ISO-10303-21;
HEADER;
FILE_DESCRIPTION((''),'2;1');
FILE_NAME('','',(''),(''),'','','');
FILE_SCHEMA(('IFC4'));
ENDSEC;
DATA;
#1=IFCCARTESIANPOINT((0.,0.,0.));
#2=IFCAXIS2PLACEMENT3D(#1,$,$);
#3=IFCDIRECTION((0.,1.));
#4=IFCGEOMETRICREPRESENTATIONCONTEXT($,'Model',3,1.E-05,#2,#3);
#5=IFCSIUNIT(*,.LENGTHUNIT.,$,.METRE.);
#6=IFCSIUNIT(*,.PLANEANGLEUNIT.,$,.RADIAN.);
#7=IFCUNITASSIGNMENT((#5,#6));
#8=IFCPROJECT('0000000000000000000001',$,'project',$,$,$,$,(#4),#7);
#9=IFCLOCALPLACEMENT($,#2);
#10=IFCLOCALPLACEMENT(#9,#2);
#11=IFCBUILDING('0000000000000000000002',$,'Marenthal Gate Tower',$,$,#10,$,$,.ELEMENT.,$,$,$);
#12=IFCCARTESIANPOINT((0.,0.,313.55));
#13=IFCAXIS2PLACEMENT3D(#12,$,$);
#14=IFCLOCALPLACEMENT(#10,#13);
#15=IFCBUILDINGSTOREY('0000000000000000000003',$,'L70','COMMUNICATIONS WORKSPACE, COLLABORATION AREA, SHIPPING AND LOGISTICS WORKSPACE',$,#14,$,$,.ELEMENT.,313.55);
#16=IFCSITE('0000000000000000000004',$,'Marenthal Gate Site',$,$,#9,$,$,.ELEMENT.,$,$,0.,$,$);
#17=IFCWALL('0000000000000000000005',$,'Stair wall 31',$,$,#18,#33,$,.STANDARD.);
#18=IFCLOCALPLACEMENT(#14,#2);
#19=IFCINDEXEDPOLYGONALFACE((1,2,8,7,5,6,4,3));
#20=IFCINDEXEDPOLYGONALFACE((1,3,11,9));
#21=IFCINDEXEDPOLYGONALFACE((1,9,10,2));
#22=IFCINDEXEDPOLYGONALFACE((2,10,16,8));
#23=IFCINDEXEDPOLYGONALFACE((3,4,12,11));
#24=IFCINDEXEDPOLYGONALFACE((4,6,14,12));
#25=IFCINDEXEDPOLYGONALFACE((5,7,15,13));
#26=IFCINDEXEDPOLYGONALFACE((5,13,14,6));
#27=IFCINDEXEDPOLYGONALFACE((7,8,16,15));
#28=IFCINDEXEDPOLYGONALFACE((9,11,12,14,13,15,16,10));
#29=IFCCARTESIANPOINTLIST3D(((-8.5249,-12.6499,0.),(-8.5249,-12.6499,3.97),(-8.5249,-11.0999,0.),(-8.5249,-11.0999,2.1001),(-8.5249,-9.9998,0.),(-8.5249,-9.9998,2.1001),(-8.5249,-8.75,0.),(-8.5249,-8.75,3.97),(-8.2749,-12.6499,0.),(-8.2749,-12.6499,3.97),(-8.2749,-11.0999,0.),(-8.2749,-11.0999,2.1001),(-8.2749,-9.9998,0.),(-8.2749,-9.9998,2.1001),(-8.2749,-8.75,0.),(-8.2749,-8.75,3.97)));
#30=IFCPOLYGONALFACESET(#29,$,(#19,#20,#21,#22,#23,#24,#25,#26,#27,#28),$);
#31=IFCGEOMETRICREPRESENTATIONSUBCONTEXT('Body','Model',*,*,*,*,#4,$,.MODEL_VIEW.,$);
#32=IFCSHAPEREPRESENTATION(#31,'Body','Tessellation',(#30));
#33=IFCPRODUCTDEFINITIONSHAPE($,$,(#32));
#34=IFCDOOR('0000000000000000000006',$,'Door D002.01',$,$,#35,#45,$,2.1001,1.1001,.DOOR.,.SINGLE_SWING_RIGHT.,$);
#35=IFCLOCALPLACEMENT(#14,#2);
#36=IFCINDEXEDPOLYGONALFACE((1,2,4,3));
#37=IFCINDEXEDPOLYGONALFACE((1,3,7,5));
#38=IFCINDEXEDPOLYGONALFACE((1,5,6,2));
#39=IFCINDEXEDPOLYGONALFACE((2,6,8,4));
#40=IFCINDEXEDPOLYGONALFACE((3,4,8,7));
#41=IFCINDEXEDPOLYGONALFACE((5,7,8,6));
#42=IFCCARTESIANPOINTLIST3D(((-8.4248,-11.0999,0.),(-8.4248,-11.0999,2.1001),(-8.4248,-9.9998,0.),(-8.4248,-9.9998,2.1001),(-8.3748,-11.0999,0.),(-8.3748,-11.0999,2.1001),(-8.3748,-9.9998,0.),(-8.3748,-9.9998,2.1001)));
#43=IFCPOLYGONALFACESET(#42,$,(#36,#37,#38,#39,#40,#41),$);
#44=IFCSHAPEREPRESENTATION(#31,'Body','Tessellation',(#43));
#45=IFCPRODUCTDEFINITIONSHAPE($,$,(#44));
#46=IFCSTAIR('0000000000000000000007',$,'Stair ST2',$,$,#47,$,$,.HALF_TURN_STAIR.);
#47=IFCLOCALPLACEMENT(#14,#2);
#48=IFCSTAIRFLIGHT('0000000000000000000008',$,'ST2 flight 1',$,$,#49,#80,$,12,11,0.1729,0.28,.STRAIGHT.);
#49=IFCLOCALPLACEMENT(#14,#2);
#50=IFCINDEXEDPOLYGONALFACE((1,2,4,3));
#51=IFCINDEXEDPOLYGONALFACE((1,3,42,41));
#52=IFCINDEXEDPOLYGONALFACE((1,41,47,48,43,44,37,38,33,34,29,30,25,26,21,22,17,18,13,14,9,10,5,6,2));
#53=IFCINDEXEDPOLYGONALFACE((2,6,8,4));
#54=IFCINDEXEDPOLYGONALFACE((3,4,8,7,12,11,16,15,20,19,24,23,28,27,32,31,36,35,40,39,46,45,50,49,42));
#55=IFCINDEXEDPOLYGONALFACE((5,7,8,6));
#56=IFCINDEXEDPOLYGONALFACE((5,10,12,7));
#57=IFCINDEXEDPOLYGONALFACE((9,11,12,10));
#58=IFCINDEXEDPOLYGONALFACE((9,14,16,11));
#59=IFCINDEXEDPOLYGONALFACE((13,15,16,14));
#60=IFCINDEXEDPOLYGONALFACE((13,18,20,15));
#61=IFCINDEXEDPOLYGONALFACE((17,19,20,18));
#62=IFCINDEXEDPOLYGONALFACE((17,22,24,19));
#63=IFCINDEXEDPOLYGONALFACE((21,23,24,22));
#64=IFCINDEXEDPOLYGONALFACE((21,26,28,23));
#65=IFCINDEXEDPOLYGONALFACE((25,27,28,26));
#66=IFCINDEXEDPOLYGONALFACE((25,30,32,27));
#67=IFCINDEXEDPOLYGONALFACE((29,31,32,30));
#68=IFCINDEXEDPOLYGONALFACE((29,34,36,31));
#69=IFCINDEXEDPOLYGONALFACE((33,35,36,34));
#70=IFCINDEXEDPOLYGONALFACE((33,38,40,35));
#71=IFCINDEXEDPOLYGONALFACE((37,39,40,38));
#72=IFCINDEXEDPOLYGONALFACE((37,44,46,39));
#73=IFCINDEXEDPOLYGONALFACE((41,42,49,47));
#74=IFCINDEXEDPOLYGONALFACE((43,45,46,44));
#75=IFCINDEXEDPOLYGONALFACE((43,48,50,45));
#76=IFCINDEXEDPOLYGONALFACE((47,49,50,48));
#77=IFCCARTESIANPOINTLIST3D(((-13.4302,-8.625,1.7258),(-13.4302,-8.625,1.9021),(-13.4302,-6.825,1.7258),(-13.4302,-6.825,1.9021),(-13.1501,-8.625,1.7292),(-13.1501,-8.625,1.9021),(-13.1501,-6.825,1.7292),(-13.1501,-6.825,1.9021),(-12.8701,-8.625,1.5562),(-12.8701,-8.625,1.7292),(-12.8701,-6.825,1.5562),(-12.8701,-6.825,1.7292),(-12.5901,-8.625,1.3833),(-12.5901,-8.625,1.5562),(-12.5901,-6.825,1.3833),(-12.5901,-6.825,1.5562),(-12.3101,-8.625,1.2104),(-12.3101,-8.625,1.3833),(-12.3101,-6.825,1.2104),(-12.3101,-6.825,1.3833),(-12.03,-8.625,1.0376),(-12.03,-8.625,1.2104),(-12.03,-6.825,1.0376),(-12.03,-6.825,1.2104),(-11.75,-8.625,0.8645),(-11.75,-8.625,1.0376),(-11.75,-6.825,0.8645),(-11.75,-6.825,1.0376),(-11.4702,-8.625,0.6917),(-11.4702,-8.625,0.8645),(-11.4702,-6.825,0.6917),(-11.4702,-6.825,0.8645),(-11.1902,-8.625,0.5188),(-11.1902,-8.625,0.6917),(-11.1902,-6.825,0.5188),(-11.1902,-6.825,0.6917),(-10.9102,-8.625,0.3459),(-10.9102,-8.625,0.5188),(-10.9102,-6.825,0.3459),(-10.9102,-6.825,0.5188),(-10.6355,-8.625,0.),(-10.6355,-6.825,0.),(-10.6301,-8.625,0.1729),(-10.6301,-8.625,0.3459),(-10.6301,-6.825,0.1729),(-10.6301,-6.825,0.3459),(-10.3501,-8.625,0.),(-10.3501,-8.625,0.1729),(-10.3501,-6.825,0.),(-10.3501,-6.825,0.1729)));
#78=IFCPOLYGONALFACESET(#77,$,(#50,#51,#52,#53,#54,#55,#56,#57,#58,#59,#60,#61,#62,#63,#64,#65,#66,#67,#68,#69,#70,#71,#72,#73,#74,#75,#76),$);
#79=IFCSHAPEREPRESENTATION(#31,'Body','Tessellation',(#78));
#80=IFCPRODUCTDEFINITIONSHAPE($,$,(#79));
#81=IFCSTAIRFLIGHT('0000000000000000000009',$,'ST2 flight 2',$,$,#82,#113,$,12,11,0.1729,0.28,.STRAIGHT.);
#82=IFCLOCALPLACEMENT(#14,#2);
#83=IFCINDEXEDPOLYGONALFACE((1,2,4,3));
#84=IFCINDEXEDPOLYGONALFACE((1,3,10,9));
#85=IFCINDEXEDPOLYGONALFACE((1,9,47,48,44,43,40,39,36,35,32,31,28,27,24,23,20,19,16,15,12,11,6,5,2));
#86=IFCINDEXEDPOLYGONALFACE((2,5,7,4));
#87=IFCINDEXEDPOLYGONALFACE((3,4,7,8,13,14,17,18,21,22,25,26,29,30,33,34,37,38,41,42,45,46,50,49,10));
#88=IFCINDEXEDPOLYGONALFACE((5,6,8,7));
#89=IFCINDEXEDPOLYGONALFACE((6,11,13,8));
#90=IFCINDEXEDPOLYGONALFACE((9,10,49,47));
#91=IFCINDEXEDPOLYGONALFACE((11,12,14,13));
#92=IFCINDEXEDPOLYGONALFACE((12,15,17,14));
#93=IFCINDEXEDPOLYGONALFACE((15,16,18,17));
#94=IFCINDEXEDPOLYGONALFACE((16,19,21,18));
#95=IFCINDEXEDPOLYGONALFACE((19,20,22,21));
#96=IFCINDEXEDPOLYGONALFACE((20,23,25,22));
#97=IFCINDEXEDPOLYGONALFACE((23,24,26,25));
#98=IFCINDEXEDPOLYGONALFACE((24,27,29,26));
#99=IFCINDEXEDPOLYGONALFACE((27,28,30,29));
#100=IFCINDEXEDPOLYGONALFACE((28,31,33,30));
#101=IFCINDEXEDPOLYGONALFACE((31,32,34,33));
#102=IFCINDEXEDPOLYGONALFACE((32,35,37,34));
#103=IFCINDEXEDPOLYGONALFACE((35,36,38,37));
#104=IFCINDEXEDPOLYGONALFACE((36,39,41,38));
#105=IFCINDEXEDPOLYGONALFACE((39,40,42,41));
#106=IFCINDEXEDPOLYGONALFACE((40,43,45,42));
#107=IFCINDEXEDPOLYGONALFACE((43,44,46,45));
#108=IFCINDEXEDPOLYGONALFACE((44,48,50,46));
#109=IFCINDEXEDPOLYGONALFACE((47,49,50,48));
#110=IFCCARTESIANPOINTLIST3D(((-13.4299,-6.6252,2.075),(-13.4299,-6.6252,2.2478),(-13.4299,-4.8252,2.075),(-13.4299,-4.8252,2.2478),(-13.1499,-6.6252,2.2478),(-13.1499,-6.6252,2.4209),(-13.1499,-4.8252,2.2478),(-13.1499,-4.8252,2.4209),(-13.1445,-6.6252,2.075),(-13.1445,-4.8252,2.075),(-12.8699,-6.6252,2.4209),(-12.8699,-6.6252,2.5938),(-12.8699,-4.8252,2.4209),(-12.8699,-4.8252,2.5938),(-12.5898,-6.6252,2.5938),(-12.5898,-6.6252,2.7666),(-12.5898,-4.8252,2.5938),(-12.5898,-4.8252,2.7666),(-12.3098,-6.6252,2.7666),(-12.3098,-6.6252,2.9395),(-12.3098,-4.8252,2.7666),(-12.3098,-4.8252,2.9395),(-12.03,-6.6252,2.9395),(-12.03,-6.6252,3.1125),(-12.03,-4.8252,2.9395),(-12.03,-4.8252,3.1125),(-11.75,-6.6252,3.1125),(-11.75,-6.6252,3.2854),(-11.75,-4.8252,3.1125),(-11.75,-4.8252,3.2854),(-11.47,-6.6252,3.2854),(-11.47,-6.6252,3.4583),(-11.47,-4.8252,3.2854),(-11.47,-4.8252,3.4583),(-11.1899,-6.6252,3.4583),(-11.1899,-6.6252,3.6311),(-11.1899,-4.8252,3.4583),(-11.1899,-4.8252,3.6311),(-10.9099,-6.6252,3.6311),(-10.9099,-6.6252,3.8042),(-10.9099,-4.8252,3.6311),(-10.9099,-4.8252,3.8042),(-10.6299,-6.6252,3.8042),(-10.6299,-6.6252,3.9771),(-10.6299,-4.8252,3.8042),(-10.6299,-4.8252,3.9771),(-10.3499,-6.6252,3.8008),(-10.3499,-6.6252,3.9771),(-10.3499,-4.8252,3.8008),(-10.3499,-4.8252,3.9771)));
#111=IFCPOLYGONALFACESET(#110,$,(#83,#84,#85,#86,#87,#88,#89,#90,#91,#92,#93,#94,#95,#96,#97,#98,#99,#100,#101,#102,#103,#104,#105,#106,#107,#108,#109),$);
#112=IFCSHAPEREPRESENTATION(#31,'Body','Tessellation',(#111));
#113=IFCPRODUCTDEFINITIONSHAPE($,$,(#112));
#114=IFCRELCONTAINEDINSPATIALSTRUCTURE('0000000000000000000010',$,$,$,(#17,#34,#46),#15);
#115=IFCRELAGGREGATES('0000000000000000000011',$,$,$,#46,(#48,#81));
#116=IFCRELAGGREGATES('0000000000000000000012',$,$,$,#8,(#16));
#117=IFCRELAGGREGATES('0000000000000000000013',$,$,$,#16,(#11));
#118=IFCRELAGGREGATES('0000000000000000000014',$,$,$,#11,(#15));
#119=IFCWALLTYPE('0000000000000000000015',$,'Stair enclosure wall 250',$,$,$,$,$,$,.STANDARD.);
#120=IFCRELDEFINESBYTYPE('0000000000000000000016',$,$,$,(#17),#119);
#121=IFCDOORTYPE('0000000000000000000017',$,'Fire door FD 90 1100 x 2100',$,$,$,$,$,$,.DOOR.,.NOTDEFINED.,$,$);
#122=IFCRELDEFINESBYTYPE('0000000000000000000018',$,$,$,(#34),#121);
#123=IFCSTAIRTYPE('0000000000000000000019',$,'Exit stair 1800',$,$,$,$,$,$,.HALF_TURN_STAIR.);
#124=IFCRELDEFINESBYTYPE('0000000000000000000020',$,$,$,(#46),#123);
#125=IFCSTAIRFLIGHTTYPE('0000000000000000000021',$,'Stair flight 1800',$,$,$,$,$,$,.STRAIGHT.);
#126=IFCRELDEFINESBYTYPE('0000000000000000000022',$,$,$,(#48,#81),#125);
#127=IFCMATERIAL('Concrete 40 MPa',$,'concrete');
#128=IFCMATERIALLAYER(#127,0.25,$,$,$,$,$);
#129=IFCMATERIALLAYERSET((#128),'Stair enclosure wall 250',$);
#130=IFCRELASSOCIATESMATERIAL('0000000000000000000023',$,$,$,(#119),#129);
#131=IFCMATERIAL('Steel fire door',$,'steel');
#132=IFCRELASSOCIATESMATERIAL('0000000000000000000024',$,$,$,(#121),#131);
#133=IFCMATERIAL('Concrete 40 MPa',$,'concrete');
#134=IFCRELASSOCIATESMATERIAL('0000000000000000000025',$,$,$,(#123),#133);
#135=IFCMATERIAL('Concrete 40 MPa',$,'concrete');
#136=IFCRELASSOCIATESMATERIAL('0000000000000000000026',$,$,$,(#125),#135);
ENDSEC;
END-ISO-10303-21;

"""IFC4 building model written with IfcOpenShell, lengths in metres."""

from ifc_helpers import new_model, si_unit, direction, frame, frame_2d, origin, place, context, subcontext, project, spatial, polyline, rectangle, outline, extrude, material, layer, layer_set, type_object, element, fill, aggregate, save


model = new_model("IFC4")

# Units and contexts
model_context = context("Model", 3, precision=1e-05, world=origin(), true_north=direction((0.0, 1.0)))
body_context = subcontext(model_context, "Body", "Model", "MODEL_VIEW")
ifc_project = project(units=[si_unit("LENGTHUNIT", "METRE"), si_unit("PLANEANGLEUNIT", "RADIAN")], contexts=[model_context])

# Site, building, storey
site_placement = place(None, origin())
site = spatial("IfcSite", under=ifc_project, at=site_placement, Name="Marenthal Gate Site", CompositionType="ELEMENT", RefElevation=0.0)
building_placement = place(site_placement, origin())
building = spatial("IfcBuilding", under=site, at=building_placement, Name="Marenthal Gate Tower", CompositionType="ELEMENT")
storey_placement = place(building_placement, frame((0.0, 0.0, 313.55)))
storey = spatial("IfcBuildingStorey", under=building, at=storey_placement, Name="L70", Description="COMMUNICATIONS WORKSPACE, COLLABORATION AREA, SHIPPING AND LOGISTICS WORKSPACE", CompositionType="ELEMENT", Elevation=313.55)

# Shared definitions
ifc_material_1 = material(Name="Concrete 40 MPa", Category="concrete")
ifc_layer_1 = layer(ifc_material_1, 0.25)
ifc_layer_set_1 = layer_set([ifc_layer_1], Name="Stair enclosure wall 250")
wall_type_1 = type_object("IfcWallType", Name="Stair enclosure wall 250", PredefinedType="STANDARD", material=ifc_layer_set_1)

# Wall, opening, door
wall_1_placement = place(storey_placement, frame((-8.3999, -12.6499, 0.0), z_axis=(0.0, 0.0, 1.0), x_axis=(0.0, 1.0, 0.0)))
wall_1 = element("IfcWall", 1, at=wall_1_placement, inside=storey, type_object=wall_type_1, Name="Stair wall 31", PredefinedType="STANDARD", context=body_context, shape_type="SweptSolid", body=[
    extrude(rectangle(XDim=3.8999, YDim=0.25, at=frame_2d((1.95, 0.0))), origin(), (0.0, 0.0, 1.0), 3.97),
])
opening_1_placement = place(wall_1_placement, frame((1.55, 0.0, 0.0)))
opening_1 = element("IfcOpeningElement", 2, at=opening_1_placement, cuts=wall_1, PredefinedType="OPENING", context=body_context, shape_type="SweptSolid", body=[
    extrude(rectangle(XDim=1.1001, YDim=2.1001, at=frame_2d((0.55, 1.05))), frame((0.0, 0.135, 0.0), z_axis=(0.0, -1.0, 0.0), x_axis=(1.0, 0.0, 0.0)), (0.0, 0.0, 1.0), 0.27),
])
ifc_material_2 = material(Name="Steel fire door", Category="steel")
door_type_1 = type_object("IfcDoorType", Name="Fire door FD 90 1100 x 2100", OperationType="NOTDEFINED", PredefinedType="DOOR", material=ifc_material_2)
door_1_placement = place(opening_1_placement, origin())
door_1 = element("IfcDoor", 3, at=door_1_placement, inside=storey, type_object=door_type_1, Name="Door D002.01", OperationType="SINGLE_SWING_RIGHT", OverallHeight=2.1001, OverallWidth=1.1001, PredefinedType="DOOR", context=body_context, shape_type="SweptSolid", body=[
    extrude(rectangle(XDim=1.1001, YDim=2.1001, at=frame_2d((0.55, 1.05))), frame((0.0, 0.0249, 0.0), z_axis=(0.0, -1.0, 0.0), x_axis=(1.0, 0.0, 0.0)), (0.0, 0.0, 1.0), 0.05),
])
fill(opening_1, door_1)

# Stair, stair flights
ifc_material_3 = material(Name="Concrete 40 MPa", Category="concrete")
stair_type = type_object("IfcStairType", Name="Exit stair 1800", PredefinedType="HALF_TURN_STAIR", material=ifc_material_3)
stair_placement = place(storey_placement, origin())
stair = element("IfcStair", 4, at=stair_placement, inside=storey, type_object=stair_type, Name="Stair ST2", PredefinedType="HALF_TURN_STAIR")
ifc_material_4 = material(Name="Concrete 40 MPa", Category="concrete")
stair_flight_type = type_object("IfcStairFlightType", Name="Stair flight 1800", PredefinedType="STRAIGHT", material=ifc_material_4)
stair_flight_1_placement = place(storey_placement, frame((-10.3501, -7.7251, 0.0), z_axis=(0.0, 0.0, 1.0), x_axis=(-1.0, 0.0, 0.0)))
stair_flight_1 = element("IfcStairFlight", 5, at=stair_flight_1_placement, type_object=stair_flight_type, Name="ST2 flight 1", NumberOfRisers=12, NumberOfTreads=11, PredefinedType="STRAIGHT", RiserHeight=0.1729, TreadLength=0.28, context=body_context, shape_type="SweptSolid", body=[
    extrude(outline(polyline([(0.0, 0.0), (0.0, 0.1729), (0.28, 0.1729), (0.28, 0.3459), (0.5601, 0.3459), (0.5601, 0.5188), (0.8401, 0.5188), (0.8401, 0.6917), (1.1201, 0.6917), (1.1201, 0.8645), (1.3999, 0.8645), (1.3999, 1.0376), (1.6799, 1.0376), (1.6799, 1.2104), (1.96, 1.2104), (1.96, 1.3833), (2.24, 1.3833), (2.24, 1.5562), (2.52, 1.5562), (2.52, 1.7292), (2.8, 1.7292), (2.8, 1.9021), (3.0801, 1.9021), (3.0801, 2.075), (3.0801, 1.7258), (0.2854, 0.0), (0.0, 0.0)])), frame((0.0, 0.8999, 0.0), z_axis=(0.0, -1.0, 0.0), x_axis=(1.0, 0.0, 0.0)), (0.0, 0.0, 1.0), 1.8),
])
stair_flight_2_placement = place(storey_placement, frame((-13.4299, -5.7251, 2.075), z_axis=(0.0, 0.0, 1.0), x_axis=(1.0, 0.0, 0.0)))
stair_flight_2 = element("IfcStairFlight", 6, at=stair_flight_2_placement, type_object=stair_flight_type, Name="ST2 flight 2", NumberOfRisers=12, NumberOfTreads=11, PredefinedType="STRAIGHT", RiserHeight=0.1729, TreadLength=0.28, context=body_context, shape_type="SweptSolid", body=[
    extrude(outline(polyline([(0.0, 0.0), (0.0, 0.1729), (0.28, 0.1729), (0.28, 0.3459), (0.5601, 0.3459), (0.5601, 0.5188), (0.8401, 0.5188), (0.8401, 0.6917), (1.1201, 0.6917), (1.1201, 0.8645), (1.3999, 0.8645), (1.3999, 1.0376), (1.6799, 1.0376), (1.6799, 1.2104), (1.96, 1.2104), (1.96, 1.3833), (2.24, 1.3833), (2.24, 1.5562), (2.52, 1.5562), (2.52, 1.7292), (2.8, 1.7292), (2.8, 1.9021), (3.0801, 1.9021), (3.0801, 2.075), (3.0801, 1.7258), (0.2854, 0.0), (0.0, 0.0)])), frame((0.0, 0.8999, 0.0), z_axis=(0.0, -1.0, 0.0), x_axis=(1.0, 0.0, 0.0)), (0.0, 0.0, 1.0), 1.8),
])
aggregate(stair, [stair_flight_1, stair_flight_2])

save(model, "model.ifc")
